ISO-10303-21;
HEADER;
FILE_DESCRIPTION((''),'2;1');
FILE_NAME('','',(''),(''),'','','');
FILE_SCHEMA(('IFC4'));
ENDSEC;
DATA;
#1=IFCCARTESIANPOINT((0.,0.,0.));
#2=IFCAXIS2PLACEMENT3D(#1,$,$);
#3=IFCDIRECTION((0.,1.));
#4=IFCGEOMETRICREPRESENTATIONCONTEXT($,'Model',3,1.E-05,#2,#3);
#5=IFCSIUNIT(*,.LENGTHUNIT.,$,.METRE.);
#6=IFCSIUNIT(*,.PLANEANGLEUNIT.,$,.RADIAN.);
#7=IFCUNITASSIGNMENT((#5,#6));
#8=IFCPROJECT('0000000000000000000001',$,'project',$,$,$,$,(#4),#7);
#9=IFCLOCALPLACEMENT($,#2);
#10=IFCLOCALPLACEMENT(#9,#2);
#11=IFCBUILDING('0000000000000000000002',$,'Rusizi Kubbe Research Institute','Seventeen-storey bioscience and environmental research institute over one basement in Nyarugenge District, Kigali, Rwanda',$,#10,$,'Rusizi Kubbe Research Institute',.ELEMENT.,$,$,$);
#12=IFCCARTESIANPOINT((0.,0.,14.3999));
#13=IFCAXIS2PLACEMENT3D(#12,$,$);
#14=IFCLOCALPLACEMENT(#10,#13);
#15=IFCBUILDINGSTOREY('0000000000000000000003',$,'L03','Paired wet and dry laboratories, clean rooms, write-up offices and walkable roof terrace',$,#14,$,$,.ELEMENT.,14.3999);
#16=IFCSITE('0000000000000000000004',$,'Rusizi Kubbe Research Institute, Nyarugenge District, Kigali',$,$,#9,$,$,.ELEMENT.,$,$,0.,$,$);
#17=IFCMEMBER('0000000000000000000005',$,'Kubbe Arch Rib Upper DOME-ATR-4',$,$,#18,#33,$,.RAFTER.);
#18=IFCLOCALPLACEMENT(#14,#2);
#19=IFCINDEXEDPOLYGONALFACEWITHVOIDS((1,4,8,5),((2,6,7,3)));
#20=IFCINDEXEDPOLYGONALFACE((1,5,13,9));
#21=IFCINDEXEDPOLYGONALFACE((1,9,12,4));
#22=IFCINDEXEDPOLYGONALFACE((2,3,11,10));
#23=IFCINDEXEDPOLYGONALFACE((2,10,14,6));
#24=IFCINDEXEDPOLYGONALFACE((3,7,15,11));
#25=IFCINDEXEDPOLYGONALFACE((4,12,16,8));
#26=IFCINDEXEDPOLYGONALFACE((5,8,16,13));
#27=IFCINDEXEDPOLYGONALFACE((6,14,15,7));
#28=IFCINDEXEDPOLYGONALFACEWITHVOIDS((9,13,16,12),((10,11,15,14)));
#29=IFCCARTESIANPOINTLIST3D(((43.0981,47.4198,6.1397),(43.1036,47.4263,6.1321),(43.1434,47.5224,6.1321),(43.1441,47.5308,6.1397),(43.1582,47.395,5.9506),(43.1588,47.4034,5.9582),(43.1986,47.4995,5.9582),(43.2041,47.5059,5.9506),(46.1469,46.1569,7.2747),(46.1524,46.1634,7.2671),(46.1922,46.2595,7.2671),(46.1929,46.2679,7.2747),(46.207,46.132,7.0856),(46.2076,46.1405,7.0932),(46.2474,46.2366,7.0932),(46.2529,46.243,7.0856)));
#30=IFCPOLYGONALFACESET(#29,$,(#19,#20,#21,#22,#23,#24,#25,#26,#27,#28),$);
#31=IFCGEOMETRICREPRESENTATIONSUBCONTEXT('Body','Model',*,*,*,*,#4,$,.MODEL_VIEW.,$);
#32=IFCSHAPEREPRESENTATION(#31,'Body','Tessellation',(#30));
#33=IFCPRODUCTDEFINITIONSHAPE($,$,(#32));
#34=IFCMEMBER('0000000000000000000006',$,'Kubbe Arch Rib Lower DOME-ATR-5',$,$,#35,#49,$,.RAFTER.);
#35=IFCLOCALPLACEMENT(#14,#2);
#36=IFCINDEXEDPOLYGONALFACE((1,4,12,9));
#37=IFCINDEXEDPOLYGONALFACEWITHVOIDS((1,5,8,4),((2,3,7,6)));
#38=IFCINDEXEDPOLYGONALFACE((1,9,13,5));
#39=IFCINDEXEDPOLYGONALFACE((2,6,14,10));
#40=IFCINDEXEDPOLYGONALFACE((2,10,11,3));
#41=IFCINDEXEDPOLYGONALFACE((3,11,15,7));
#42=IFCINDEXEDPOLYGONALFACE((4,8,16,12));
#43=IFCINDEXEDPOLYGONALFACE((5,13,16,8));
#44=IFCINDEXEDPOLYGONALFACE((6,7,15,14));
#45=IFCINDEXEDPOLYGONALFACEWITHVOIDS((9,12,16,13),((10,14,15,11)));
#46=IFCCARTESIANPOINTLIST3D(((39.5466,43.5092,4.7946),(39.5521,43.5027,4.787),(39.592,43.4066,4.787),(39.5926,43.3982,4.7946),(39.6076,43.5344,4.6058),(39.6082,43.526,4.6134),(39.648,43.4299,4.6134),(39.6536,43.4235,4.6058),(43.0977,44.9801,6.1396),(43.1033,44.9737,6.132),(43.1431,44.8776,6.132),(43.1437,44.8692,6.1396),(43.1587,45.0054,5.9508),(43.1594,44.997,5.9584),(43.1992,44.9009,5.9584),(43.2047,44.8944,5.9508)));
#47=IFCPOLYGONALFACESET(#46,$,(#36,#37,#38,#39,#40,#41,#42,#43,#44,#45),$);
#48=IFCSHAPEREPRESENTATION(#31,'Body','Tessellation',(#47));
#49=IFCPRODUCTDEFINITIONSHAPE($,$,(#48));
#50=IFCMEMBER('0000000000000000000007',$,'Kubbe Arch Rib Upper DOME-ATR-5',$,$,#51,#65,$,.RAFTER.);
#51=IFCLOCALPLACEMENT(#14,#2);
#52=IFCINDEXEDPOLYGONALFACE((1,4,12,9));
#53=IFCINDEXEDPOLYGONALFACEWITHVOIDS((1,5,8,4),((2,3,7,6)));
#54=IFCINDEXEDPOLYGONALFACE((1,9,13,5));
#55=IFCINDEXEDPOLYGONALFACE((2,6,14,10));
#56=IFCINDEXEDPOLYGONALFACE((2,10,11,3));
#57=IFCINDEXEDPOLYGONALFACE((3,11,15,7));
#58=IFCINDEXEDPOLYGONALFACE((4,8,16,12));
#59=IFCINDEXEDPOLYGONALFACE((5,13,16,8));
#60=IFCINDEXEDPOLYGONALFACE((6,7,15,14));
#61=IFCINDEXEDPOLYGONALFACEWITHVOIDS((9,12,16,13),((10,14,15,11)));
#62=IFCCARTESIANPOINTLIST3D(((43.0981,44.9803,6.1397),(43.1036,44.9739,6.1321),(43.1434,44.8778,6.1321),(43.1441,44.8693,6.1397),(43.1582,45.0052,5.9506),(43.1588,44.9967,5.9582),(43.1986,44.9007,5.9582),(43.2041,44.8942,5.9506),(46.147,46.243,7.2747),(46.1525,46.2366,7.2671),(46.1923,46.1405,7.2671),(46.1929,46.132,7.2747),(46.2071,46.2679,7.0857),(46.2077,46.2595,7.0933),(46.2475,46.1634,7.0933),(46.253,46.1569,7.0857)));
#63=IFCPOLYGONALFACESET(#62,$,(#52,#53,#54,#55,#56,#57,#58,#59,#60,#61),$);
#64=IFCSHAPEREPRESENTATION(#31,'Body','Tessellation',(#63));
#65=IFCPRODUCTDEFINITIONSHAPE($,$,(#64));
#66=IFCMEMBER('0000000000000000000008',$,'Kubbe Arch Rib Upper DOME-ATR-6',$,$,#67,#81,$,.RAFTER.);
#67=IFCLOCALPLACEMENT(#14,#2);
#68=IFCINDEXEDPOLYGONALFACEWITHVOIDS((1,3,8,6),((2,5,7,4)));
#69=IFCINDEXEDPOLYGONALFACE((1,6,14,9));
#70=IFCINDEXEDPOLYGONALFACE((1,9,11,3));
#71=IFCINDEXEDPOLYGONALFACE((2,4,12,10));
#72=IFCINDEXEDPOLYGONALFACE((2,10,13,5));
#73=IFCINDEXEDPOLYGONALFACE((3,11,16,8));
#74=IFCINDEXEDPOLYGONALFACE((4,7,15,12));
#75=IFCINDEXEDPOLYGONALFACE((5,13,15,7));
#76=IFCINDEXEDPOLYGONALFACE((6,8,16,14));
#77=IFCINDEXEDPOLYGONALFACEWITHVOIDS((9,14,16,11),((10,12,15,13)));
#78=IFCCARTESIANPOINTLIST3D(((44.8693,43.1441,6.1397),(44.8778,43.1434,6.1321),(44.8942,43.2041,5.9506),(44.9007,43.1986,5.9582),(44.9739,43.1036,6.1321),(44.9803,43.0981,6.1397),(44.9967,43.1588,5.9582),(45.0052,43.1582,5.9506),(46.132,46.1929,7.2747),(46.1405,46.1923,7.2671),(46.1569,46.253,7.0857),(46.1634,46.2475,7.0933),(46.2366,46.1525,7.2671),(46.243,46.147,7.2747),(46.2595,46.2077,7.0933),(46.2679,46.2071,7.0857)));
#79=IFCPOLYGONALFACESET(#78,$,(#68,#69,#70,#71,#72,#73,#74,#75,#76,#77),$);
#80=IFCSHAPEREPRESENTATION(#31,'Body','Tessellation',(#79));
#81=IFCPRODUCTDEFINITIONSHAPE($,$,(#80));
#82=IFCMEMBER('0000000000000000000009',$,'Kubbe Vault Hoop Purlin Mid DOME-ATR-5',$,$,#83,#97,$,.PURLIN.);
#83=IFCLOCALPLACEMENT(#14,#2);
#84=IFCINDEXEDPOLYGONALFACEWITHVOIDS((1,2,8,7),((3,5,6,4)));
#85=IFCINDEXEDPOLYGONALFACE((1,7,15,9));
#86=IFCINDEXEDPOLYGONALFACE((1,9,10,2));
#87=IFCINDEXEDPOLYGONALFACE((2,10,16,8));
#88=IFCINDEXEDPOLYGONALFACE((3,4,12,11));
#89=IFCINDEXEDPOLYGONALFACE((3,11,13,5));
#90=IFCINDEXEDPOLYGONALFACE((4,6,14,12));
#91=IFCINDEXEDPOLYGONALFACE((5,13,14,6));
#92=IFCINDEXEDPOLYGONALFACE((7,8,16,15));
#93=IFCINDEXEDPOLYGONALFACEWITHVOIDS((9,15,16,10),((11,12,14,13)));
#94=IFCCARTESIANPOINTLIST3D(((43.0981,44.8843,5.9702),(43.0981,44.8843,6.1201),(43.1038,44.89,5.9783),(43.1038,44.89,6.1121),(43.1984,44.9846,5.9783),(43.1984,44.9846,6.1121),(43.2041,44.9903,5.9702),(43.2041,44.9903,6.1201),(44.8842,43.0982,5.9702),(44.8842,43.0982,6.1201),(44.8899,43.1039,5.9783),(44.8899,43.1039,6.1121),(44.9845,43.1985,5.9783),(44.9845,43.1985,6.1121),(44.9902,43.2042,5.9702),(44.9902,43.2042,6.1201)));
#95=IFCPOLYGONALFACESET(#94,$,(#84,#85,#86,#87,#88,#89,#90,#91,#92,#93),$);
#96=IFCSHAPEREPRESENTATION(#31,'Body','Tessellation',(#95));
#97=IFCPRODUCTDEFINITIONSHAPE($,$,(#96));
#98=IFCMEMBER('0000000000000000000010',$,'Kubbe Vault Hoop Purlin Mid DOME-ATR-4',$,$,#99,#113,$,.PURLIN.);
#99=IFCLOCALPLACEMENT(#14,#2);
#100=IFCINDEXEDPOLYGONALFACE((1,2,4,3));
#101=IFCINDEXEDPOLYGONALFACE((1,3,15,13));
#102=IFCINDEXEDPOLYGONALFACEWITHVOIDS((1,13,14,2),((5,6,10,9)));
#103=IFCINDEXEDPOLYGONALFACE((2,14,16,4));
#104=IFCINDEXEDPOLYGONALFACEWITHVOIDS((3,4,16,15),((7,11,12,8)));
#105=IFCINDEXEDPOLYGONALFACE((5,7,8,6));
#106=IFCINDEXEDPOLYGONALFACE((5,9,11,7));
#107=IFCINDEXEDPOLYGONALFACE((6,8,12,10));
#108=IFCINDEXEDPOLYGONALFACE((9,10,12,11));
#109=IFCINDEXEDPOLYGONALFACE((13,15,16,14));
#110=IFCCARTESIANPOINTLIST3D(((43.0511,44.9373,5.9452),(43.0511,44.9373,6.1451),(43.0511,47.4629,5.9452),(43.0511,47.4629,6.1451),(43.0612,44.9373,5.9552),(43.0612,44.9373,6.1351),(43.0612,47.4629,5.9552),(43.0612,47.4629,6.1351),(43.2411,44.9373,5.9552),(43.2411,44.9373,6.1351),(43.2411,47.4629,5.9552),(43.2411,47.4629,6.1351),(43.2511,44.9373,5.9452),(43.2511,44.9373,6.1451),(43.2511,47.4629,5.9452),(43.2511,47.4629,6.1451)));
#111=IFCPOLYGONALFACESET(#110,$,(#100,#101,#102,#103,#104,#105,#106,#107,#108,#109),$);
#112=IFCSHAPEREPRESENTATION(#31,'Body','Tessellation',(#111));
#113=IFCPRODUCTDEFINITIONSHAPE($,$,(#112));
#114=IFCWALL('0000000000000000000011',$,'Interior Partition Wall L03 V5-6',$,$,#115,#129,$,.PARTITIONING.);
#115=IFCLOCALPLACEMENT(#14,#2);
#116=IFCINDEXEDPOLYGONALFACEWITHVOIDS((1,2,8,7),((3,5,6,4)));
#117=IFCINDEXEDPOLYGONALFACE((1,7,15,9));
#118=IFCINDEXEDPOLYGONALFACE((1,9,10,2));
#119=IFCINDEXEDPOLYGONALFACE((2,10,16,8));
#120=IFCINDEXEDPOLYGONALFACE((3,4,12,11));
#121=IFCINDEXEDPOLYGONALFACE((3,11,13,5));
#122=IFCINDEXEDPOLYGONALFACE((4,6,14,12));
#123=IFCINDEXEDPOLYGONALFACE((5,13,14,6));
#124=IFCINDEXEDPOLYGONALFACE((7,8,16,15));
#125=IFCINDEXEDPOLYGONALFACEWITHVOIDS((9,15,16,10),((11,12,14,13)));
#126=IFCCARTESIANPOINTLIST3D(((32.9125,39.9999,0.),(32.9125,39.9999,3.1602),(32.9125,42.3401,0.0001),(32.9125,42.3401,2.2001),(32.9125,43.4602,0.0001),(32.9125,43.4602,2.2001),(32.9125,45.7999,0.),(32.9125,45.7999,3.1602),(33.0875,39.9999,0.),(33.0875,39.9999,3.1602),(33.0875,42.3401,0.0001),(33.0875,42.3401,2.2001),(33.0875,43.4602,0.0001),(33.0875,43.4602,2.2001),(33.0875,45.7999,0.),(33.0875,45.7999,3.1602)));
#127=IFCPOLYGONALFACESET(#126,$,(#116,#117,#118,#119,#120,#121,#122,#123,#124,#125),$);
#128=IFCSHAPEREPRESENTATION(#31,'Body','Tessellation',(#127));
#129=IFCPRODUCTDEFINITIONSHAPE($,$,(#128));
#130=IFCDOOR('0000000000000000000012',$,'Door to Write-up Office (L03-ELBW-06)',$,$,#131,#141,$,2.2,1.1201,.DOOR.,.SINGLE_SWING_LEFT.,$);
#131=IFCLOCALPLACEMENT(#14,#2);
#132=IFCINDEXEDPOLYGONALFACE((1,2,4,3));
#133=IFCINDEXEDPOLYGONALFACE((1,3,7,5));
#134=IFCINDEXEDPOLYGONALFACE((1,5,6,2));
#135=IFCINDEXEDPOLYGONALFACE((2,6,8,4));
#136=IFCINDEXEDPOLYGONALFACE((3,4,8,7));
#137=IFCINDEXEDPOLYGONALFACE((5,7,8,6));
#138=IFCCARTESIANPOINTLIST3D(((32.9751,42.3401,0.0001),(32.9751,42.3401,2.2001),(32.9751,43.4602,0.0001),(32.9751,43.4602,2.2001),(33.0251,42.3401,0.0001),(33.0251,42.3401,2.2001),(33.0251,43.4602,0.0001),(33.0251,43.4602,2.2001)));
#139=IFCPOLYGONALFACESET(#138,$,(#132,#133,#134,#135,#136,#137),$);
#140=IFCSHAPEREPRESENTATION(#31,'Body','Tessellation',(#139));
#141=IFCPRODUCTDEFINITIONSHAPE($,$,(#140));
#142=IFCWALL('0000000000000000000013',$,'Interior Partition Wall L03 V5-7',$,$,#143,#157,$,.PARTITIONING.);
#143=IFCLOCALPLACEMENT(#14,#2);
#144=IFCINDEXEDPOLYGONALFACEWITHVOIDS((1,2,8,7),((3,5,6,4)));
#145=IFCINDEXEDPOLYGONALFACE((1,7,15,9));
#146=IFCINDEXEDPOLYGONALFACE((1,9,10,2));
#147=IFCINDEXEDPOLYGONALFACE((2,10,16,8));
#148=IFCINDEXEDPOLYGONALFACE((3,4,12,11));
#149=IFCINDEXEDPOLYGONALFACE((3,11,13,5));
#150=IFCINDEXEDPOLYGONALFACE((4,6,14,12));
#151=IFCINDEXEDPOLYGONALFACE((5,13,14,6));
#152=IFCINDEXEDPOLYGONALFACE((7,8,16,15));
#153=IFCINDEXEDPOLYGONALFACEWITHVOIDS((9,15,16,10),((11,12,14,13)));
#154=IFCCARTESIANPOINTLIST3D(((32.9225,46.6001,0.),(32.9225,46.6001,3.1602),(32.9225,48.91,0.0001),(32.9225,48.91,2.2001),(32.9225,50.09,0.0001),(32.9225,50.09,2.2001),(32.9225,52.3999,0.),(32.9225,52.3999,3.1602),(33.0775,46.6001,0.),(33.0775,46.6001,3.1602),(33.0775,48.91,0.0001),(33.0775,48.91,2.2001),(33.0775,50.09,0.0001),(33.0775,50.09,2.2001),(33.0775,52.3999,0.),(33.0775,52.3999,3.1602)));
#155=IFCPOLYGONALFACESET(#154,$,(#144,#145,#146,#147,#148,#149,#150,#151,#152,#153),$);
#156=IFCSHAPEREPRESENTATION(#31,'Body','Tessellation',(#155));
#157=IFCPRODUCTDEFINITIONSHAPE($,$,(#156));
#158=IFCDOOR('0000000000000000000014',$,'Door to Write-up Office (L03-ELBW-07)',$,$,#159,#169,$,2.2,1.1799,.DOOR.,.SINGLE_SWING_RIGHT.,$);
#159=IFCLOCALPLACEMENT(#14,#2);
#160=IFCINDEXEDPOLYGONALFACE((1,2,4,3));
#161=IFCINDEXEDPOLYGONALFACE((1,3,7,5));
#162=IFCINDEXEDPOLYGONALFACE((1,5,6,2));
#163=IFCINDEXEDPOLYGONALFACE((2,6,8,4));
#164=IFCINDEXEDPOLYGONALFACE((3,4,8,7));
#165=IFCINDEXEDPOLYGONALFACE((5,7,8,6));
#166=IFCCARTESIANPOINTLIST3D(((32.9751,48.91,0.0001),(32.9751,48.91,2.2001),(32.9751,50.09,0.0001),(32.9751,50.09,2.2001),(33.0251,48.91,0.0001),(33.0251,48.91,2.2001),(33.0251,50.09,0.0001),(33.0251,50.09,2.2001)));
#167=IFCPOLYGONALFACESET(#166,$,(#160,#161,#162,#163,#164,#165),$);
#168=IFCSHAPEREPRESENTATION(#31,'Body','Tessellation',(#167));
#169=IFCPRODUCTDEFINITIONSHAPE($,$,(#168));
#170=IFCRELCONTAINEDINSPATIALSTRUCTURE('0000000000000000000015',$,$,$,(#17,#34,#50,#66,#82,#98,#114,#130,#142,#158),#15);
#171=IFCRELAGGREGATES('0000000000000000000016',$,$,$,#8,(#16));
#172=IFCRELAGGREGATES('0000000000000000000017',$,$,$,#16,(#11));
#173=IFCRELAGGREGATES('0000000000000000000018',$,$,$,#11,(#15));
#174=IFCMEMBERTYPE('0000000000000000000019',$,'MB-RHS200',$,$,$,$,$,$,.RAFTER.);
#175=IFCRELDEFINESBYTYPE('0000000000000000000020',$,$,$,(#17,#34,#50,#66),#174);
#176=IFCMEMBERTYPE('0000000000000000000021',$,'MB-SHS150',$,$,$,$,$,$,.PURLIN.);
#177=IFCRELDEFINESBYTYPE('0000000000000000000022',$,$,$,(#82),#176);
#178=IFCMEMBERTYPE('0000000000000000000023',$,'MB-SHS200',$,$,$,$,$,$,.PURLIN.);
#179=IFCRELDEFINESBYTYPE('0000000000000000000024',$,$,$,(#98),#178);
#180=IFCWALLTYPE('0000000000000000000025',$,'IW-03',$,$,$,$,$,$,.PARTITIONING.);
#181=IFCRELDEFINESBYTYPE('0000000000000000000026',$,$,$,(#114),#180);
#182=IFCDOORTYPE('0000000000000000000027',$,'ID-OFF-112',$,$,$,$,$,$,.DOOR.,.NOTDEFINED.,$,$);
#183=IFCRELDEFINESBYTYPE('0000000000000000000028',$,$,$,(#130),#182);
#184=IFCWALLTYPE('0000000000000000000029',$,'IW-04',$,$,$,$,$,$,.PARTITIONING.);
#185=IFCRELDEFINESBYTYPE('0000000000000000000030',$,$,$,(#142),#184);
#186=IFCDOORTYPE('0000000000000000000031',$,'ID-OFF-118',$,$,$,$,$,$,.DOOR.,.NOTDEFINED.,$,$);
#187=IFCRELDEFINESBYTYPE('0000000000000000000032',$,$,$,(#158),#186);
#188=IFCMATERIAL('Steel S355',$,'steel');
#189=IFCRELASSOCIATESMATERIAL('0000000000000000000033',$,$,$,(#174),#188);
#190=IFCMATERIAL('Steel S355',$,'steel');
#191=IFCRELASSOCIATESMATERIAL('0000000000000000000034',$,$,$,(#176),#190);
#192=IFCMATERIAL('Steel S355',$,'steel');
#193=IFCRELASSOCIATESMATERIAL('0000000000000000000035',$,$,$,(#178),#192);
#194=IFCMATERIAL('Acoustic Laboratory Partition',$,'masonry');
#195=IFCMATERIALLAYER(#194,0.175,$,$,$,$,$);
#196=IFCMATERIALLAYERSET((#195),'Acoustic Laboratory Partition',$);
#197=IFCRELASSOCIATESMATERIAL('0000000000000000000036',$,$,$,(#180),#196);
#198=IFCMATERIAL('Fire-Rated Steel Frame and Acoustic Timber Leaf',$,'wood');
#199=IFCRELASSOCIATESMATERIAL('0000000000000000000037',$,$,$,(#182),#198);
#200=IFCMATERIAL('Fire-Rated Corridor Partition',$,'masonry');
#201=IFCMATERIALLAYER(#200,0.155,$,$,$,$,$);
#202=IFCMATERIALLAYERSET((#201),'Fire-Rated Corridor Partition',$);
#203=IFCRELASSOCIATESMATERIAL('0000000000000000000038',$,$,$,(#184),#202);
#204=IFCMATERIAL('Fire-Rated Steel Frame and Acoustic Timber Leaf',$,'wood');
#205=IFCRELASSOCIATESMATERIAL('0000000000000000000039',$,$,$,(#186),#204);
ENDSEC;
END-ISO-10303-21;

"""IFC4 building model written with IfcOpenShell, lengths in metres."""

from ifc_helpers import new_model, si_unit, direction, frame, frame_2d, origin, origin_2d, place, context, subcontext, project, spatial, rectangle, hollow_rectangle, extrude, material, layer, layer_set, material_profile, profile_set, type_object, element, fill, save


model = new_model("IFC4")

# Units and contexts
model_context = context("Model", 3, precision=1e-05, world=origin(), true_north=direction((0.0, 1.0)))
body_context = subcontext(model_context, "Body", "Model", "MODEL_VIEW")
ifc_project = project(units=[si_unit("LENGTHUNIT", "METRE"), si_unit("PLANEANGLEUNIT", "RADIAN")], contexts=[model_context])

# Site, building, storey
site_placement = place(None, origin())
site = spatial("IfcSite", under=ifc_project, at=site_placement, Name="Rusizi Kubbe Research Institute, Nyarugenge District, Kigali", CompositionType="ELEMENT", RefElevation=0.0)
building_placement = place(site_placement, origin())
building = spatial("IfcBuilding", under=site, at=building_placement, Name="Rusizi Kubbe Research Institute", Description="Seventeen-storey bioscience and environmental research institute over one basement in Nyarugenge District, Kigali, Rwanda", LongName="Rusizi Kubbe Research Institute", CompositionType="ELEMENT")
storey_placement = place(building_placement, frame((0.0, 0.0, 14.3999)))
storey = spatial("IfcBuildingStorey", under=building, at=storey_placement, Name="L03", Description="Paired wet and dry laboratories, clean rooms, write-up offices and walkable roof terrace", CompositionType="ELEMENT", Elevation=14.3999)

# Members
ifc_material_1 = material(Name="Steel S355", Category="steel")
ifc_material_profile_1 = material_profile(ifc_material_1, hollow_rectangle(XDim=0.1201, YDim=0.2, WallThickness=0.0081, at=origin_2d()), Name="RHS 200x120x8.0")
ifc_profile_set_1 = profile_set([ifc_material_profile_1], Name="Steel S355")
member_type_1 = type_object("IfcMemberType", Name="MB-RHS200", PredefinedType="RAFTER", material=ifc_profile_set_1)
member_1_placement = place(storey_placement, frame((43.1511, 47.4629, 6.0452), z_axis=(0.873643, -0.361896, 0.325238), x_axis=(0.382702, 0.923872, 0.0)))
element("IfcMember", 1, at=member_1_placement, inside=storey, type_object=member_type_1, Name="Kubbe Arch Rib Upper DOME-ATR-4", PredefinedType="RAFTER", context=body_context, shape_type="SweptSolid", body=[
    extrude(hollow_rectangle(XDim=0.1201, YDim=0.2, WallThickness=0.0081, at=origin_2d()), origin(), (0.0, 0.0, 1.0), 3.4897),
])
member_2_placement = place(storey_placement, frame((39.6001, 43.4663, 4.7002), z_axis=(0.872027, 0.361221, 0.330285), x_axis=(-0.382698, 0.923874, 0.0)))
element("IfcMember", 2, at=member_2_placement, inside=storey, type_object=member_type_1, Name="Kubbe Arch Rib Lower DOME-ATR-5", PredefinedType="RAFTER", context=body_context, shape_type="SweptSolid", body=[
    extrude(hollow_rectangle(XDim=0.1201, YDim=0.2, WallThickness=0.0081, at=origin_2d()), origin(), (0.0, 0.0, 1.0), 4.0723),
])
for number, where, z_axis, x_axis, name in (
    (3, (43.1511, 44.9373, 6.0452), (0.873665, 0.361835, 0.325246), (-0.382639, 0.923898, 0.0), "Kubbe Arch Rib Upper DOME-ATR-5"),
    (4, (44.9373, 43.1511, 6.0452), (0.361835, 0.873665, 0.325246), (-0.923898, 0.382639, 0.0), "Kubbe Arch Rib Upper DOME-ATR-6"),
):
    element("IfcMember", number, at=place(storey_placement, frame(where, z_axis=z_axis, x_axis=x_axis)), inside=storey, type_object=member_type_1, Name=name, PredefinedType="RAFTER", context=body_context, shape_type="SweptSolid", body=[
        extrude(hollow_rectangle(XDim=0.1201, YDim=0.2, WallThickness=0.0081, at=origin_2d()), origin(), (0.0, 0.0, 1.0), 3.4897),
    ])
ifc_material_2 = material(Name="Steel S355", Category="steel")
ifc_material_profile_2 = material_profile(ifc_material_2, hollow_rectangle(XDim=0.1499, YDim=0.1499, WallThickness=0.0081, at=origin_2d()), Name="SHS 150x150x8.0")
ifc_profile_set_2 = profile_set([ifc_material_profile_2], Name="Steel S355")
member_type_2 = type_object("IfcMemberType", Name="MB-SHS150", PredefinedType="PURLIN", material=ifc_profile_set_2)
member_3_placement = place(storey_placement, frame((43.1511, 44.9373, 6.0452), z_axis=(0.707107, -0.707107, 0.0), x_axis=(0.707107, 0.707107, 0.0)))
element("IfcMember", 5, at=member_3_placement, inside=storey, type_object=member_type_2, Name="Kubbe Vault Hoop Purlin Mid DOME-ATR-5", PredefinedType="PURLIN", context=body_context, shape_type="SweptSolid", body=[
    extrude(hollow_rectangle(XDim=0.1499, YDim=0.1499, WallThickness=0.0081, at=origin_2d()), origin(), (0.0, 0.0, 1.0), 2.5259),
])
ifc_material_3 = material(Name="Steel S355", Category="steel")
ifc_material_profile_3 = material_profile(ifc_material_3, hollow_rectangle(XDim=0.2, YDim=0.2, WallThickness=0.01, at=origin_2d()), Name="SHS 200x200x10.0")
ifc_profile_set_3 = profile_set([ifc_material_profile_3], Name="Steel S355")
member_type_3 = type_object("IfcMemberType", Name="MB-SHS200", PredefinedType="PURLIN", material=ifc_profile_set_3)
member_4_placement = place(storey_placement, frame((43.1511, 47.4629, 6.0452), z_axis=(0.0, -1.0, 0.0), x_axis=(1.0, 0.0, 0.0)))
element("IfcMember", 6, at=member_4_placement, inside=storey, type_object=member_type_3, Name="Kubbe Vault Hoop Purlin Mid DOME-ATR-4", PredefinedType="PURLIN", context=body_context, shape_type="SweptSolid", body=[
    extrude(hollow_rectangle(XDim=0.2, YDim=0.2, WallThickness=0.01, at=origin_2d()), origin(), (0.0, 0.0, 1.0), 2.5256),
])

# Walls, openings, doors
ifc_material_4 = material(Name="Acoustic Laboratory Partition", Category="masonry")
ifc_layer_1 = layer(ifc_material_4, 0.175)
ifc_layer_set_1 = layer_set([ifc_layer_1], Name="Acoustic Laboratory Partition")
wall_type_1 = type_object("IfcWallType", Name="IW-03", PredefinedType="PARTITIONING", material=ifc_layer_set_1)
wall_1_placement = place(storey_placement, frame((33.0, 40.0, 0.0), z_axis=(0.0, 0.0, 1.0), x_axis=(0.0, 1.0, 0.0)))
wall_1 = element("IfcWall", 7, at=wall_1_placement, inside=storey, type_object=wall_type_1, Name="Interior Partition Wall L03 V5-6", PredefinedType="PARTITIONING", context=body_context, shape_type="SweptSolid", body=[
    extrude(rectangle(XDim=5.8, YDim=0.175, at=frame_2d((2.8999, 0.0))), origin(), (0.0, 0.0, 1.0), 3.1602),
])
opening_1_placement = place(wall_1_placement, frame((2.3401, 0.0, 0.0)))
opening_1 = element("IfcOpeningElement", 8, at=opening_1_placement, cuts=wall_1, PredefinedType="OPENING", context=body_context, shape_type="SweptSolid", body=[
    extrude(rectangle(XDim=1.1201, YDim=2.2, at=frame_2d((0.5601, 1.1001))), frame((0.0, 0.0974, 0.0), z_axis=(0.0, -1.0, 0.0), x_axis=(1.0, 0.0, 0.0)), (0.0, 0.0, 1.0), 0.1951),
])
ifc_material_5 = material(Name="Fire-Rated Steel Frame and Acoustic Timber Leaf", Category="wood")
door_type_1 = type_object("IfcDoorType", Name="ID-OFF-112", OperationType="NOTDEFINED", PredefinedType="DOOR", material=ifc_material_5)
door_1_placement = place(opening_1_placement, origin())
door_1 = element("IfcDoor", 9, at=door_1_placement, inside=storey, type_object=door_type_1, Name="Door to Write-up Office (L03-ELBW-06)", OperationType="SINGLE_SWING_LEFT", OverallHeight=2.2, OverallWidth=1.1201, PredefinedType="DOOR", context=body_context, shape_type="SweptSolid", body=[
    extrude(rectangle(XDim=1.1201, YDim=2.2, at=frame_2d((0.5601, 1.1001))), frame((0.0, 0.0249, 0.0), z_axis=(0.0, -1.0, 0.0), x_axis=(1.0, 0.0, 0.0)), (0.0, 0.0, 1.0), 0.05),
])
fill(opening_1, door_1)
ifc_material_6 = material(Name="Fire-Rated Corridor Partition", Category="masonry")
ifc_layer_2 = layer(ifc_material_6, 0.155)
ifc_layer_set_2 = layer_set([ifc_layer_2], Name="Fire-Rated Corridor Partition")
wall_type_2 = type_object("IfcWallType", Name="IW-04", PredefinedType="PARTITIONING", material=ifc_layer_set_2)
wall_2_placement = place(storey_placement, frame((33.0, 46.6001, 0.0), z_axis=(0.0, 0.0, 1.0), x_axis=(0.0, 1.0, 0.0)))
wall_2 = element("IfcWall", 10, at=wall_2_placement, inside=storey, type_object=wall_type_2, Name="Interior Partition Wall L03 V5-7", PredefinedType="PARTITIONING", context=body_context, shape_type="SweptSolid", body=[
    extrude(rectangle(XDim=5.7998, YDim=0.155, at=frame_2d((2.8999, 0.0))), origin(), (0.0, 0.0, 1.0), 3.1602),
])
opening_2_placement = place(wall_2_placement, frame((2.3101, 0.0, 0.0)))
opening_2 = element("IfcOpeningElement", 11, at=opening_2_placement, cuts=wall_2, PredefinedType="OPENING", context=body_context, shape_type="SweptSolid", body=[
    extrude(rectangle(XDim=1.1799, YDim=2.2, at=frame_2d((0.5898, 1.1001))), frame((0.0, 0.0874, 0.0), z_axis=(0.0, -1.0, 0.0), x_axis=(1.0, 0.0, 0.0)), (0.0, 0.0, 1.0), 0.175),
])
ifc_material_7 = material(Name="Fire-Rated Steel Frame and Acoustic Timber Leaf", Category="wood")
door_type_2 = type_object("IfcDoorType", Name="ID-OFF-118", OperationType="NOTDEFINED", PredefinedType="DOOR", material=ifc_material_7)
door_2_placement = place(opening_2_placement, origin())
door_2 = element("IfcDoor", 12, at=door_2_placement, inside=storey, type_object=door_type_2, Name="Door to Write-up Office (L03-ELBW-07)", OperationType="SINGLE_SWING_RIGHT", OverallHeight=2.2, OverallWidth=1.1799, PredefinedType="DOOR", context=body_context, shape_type="SweptSolid", body=[
    extrude(rectangle(XDim=1.1799, YDim=2.2, at=frame_2d((0.5898, 1.1001))), frame((0.0, 0.0249, 0.0), z_axis=(0.0, -1.0, 0.0), x_axis=(1.0, 0.0, 0.0)), (0.0, 0.0, 1.0), 0.05),
])
fill(opening_2, door_2)

save(model, "model.ifc")
